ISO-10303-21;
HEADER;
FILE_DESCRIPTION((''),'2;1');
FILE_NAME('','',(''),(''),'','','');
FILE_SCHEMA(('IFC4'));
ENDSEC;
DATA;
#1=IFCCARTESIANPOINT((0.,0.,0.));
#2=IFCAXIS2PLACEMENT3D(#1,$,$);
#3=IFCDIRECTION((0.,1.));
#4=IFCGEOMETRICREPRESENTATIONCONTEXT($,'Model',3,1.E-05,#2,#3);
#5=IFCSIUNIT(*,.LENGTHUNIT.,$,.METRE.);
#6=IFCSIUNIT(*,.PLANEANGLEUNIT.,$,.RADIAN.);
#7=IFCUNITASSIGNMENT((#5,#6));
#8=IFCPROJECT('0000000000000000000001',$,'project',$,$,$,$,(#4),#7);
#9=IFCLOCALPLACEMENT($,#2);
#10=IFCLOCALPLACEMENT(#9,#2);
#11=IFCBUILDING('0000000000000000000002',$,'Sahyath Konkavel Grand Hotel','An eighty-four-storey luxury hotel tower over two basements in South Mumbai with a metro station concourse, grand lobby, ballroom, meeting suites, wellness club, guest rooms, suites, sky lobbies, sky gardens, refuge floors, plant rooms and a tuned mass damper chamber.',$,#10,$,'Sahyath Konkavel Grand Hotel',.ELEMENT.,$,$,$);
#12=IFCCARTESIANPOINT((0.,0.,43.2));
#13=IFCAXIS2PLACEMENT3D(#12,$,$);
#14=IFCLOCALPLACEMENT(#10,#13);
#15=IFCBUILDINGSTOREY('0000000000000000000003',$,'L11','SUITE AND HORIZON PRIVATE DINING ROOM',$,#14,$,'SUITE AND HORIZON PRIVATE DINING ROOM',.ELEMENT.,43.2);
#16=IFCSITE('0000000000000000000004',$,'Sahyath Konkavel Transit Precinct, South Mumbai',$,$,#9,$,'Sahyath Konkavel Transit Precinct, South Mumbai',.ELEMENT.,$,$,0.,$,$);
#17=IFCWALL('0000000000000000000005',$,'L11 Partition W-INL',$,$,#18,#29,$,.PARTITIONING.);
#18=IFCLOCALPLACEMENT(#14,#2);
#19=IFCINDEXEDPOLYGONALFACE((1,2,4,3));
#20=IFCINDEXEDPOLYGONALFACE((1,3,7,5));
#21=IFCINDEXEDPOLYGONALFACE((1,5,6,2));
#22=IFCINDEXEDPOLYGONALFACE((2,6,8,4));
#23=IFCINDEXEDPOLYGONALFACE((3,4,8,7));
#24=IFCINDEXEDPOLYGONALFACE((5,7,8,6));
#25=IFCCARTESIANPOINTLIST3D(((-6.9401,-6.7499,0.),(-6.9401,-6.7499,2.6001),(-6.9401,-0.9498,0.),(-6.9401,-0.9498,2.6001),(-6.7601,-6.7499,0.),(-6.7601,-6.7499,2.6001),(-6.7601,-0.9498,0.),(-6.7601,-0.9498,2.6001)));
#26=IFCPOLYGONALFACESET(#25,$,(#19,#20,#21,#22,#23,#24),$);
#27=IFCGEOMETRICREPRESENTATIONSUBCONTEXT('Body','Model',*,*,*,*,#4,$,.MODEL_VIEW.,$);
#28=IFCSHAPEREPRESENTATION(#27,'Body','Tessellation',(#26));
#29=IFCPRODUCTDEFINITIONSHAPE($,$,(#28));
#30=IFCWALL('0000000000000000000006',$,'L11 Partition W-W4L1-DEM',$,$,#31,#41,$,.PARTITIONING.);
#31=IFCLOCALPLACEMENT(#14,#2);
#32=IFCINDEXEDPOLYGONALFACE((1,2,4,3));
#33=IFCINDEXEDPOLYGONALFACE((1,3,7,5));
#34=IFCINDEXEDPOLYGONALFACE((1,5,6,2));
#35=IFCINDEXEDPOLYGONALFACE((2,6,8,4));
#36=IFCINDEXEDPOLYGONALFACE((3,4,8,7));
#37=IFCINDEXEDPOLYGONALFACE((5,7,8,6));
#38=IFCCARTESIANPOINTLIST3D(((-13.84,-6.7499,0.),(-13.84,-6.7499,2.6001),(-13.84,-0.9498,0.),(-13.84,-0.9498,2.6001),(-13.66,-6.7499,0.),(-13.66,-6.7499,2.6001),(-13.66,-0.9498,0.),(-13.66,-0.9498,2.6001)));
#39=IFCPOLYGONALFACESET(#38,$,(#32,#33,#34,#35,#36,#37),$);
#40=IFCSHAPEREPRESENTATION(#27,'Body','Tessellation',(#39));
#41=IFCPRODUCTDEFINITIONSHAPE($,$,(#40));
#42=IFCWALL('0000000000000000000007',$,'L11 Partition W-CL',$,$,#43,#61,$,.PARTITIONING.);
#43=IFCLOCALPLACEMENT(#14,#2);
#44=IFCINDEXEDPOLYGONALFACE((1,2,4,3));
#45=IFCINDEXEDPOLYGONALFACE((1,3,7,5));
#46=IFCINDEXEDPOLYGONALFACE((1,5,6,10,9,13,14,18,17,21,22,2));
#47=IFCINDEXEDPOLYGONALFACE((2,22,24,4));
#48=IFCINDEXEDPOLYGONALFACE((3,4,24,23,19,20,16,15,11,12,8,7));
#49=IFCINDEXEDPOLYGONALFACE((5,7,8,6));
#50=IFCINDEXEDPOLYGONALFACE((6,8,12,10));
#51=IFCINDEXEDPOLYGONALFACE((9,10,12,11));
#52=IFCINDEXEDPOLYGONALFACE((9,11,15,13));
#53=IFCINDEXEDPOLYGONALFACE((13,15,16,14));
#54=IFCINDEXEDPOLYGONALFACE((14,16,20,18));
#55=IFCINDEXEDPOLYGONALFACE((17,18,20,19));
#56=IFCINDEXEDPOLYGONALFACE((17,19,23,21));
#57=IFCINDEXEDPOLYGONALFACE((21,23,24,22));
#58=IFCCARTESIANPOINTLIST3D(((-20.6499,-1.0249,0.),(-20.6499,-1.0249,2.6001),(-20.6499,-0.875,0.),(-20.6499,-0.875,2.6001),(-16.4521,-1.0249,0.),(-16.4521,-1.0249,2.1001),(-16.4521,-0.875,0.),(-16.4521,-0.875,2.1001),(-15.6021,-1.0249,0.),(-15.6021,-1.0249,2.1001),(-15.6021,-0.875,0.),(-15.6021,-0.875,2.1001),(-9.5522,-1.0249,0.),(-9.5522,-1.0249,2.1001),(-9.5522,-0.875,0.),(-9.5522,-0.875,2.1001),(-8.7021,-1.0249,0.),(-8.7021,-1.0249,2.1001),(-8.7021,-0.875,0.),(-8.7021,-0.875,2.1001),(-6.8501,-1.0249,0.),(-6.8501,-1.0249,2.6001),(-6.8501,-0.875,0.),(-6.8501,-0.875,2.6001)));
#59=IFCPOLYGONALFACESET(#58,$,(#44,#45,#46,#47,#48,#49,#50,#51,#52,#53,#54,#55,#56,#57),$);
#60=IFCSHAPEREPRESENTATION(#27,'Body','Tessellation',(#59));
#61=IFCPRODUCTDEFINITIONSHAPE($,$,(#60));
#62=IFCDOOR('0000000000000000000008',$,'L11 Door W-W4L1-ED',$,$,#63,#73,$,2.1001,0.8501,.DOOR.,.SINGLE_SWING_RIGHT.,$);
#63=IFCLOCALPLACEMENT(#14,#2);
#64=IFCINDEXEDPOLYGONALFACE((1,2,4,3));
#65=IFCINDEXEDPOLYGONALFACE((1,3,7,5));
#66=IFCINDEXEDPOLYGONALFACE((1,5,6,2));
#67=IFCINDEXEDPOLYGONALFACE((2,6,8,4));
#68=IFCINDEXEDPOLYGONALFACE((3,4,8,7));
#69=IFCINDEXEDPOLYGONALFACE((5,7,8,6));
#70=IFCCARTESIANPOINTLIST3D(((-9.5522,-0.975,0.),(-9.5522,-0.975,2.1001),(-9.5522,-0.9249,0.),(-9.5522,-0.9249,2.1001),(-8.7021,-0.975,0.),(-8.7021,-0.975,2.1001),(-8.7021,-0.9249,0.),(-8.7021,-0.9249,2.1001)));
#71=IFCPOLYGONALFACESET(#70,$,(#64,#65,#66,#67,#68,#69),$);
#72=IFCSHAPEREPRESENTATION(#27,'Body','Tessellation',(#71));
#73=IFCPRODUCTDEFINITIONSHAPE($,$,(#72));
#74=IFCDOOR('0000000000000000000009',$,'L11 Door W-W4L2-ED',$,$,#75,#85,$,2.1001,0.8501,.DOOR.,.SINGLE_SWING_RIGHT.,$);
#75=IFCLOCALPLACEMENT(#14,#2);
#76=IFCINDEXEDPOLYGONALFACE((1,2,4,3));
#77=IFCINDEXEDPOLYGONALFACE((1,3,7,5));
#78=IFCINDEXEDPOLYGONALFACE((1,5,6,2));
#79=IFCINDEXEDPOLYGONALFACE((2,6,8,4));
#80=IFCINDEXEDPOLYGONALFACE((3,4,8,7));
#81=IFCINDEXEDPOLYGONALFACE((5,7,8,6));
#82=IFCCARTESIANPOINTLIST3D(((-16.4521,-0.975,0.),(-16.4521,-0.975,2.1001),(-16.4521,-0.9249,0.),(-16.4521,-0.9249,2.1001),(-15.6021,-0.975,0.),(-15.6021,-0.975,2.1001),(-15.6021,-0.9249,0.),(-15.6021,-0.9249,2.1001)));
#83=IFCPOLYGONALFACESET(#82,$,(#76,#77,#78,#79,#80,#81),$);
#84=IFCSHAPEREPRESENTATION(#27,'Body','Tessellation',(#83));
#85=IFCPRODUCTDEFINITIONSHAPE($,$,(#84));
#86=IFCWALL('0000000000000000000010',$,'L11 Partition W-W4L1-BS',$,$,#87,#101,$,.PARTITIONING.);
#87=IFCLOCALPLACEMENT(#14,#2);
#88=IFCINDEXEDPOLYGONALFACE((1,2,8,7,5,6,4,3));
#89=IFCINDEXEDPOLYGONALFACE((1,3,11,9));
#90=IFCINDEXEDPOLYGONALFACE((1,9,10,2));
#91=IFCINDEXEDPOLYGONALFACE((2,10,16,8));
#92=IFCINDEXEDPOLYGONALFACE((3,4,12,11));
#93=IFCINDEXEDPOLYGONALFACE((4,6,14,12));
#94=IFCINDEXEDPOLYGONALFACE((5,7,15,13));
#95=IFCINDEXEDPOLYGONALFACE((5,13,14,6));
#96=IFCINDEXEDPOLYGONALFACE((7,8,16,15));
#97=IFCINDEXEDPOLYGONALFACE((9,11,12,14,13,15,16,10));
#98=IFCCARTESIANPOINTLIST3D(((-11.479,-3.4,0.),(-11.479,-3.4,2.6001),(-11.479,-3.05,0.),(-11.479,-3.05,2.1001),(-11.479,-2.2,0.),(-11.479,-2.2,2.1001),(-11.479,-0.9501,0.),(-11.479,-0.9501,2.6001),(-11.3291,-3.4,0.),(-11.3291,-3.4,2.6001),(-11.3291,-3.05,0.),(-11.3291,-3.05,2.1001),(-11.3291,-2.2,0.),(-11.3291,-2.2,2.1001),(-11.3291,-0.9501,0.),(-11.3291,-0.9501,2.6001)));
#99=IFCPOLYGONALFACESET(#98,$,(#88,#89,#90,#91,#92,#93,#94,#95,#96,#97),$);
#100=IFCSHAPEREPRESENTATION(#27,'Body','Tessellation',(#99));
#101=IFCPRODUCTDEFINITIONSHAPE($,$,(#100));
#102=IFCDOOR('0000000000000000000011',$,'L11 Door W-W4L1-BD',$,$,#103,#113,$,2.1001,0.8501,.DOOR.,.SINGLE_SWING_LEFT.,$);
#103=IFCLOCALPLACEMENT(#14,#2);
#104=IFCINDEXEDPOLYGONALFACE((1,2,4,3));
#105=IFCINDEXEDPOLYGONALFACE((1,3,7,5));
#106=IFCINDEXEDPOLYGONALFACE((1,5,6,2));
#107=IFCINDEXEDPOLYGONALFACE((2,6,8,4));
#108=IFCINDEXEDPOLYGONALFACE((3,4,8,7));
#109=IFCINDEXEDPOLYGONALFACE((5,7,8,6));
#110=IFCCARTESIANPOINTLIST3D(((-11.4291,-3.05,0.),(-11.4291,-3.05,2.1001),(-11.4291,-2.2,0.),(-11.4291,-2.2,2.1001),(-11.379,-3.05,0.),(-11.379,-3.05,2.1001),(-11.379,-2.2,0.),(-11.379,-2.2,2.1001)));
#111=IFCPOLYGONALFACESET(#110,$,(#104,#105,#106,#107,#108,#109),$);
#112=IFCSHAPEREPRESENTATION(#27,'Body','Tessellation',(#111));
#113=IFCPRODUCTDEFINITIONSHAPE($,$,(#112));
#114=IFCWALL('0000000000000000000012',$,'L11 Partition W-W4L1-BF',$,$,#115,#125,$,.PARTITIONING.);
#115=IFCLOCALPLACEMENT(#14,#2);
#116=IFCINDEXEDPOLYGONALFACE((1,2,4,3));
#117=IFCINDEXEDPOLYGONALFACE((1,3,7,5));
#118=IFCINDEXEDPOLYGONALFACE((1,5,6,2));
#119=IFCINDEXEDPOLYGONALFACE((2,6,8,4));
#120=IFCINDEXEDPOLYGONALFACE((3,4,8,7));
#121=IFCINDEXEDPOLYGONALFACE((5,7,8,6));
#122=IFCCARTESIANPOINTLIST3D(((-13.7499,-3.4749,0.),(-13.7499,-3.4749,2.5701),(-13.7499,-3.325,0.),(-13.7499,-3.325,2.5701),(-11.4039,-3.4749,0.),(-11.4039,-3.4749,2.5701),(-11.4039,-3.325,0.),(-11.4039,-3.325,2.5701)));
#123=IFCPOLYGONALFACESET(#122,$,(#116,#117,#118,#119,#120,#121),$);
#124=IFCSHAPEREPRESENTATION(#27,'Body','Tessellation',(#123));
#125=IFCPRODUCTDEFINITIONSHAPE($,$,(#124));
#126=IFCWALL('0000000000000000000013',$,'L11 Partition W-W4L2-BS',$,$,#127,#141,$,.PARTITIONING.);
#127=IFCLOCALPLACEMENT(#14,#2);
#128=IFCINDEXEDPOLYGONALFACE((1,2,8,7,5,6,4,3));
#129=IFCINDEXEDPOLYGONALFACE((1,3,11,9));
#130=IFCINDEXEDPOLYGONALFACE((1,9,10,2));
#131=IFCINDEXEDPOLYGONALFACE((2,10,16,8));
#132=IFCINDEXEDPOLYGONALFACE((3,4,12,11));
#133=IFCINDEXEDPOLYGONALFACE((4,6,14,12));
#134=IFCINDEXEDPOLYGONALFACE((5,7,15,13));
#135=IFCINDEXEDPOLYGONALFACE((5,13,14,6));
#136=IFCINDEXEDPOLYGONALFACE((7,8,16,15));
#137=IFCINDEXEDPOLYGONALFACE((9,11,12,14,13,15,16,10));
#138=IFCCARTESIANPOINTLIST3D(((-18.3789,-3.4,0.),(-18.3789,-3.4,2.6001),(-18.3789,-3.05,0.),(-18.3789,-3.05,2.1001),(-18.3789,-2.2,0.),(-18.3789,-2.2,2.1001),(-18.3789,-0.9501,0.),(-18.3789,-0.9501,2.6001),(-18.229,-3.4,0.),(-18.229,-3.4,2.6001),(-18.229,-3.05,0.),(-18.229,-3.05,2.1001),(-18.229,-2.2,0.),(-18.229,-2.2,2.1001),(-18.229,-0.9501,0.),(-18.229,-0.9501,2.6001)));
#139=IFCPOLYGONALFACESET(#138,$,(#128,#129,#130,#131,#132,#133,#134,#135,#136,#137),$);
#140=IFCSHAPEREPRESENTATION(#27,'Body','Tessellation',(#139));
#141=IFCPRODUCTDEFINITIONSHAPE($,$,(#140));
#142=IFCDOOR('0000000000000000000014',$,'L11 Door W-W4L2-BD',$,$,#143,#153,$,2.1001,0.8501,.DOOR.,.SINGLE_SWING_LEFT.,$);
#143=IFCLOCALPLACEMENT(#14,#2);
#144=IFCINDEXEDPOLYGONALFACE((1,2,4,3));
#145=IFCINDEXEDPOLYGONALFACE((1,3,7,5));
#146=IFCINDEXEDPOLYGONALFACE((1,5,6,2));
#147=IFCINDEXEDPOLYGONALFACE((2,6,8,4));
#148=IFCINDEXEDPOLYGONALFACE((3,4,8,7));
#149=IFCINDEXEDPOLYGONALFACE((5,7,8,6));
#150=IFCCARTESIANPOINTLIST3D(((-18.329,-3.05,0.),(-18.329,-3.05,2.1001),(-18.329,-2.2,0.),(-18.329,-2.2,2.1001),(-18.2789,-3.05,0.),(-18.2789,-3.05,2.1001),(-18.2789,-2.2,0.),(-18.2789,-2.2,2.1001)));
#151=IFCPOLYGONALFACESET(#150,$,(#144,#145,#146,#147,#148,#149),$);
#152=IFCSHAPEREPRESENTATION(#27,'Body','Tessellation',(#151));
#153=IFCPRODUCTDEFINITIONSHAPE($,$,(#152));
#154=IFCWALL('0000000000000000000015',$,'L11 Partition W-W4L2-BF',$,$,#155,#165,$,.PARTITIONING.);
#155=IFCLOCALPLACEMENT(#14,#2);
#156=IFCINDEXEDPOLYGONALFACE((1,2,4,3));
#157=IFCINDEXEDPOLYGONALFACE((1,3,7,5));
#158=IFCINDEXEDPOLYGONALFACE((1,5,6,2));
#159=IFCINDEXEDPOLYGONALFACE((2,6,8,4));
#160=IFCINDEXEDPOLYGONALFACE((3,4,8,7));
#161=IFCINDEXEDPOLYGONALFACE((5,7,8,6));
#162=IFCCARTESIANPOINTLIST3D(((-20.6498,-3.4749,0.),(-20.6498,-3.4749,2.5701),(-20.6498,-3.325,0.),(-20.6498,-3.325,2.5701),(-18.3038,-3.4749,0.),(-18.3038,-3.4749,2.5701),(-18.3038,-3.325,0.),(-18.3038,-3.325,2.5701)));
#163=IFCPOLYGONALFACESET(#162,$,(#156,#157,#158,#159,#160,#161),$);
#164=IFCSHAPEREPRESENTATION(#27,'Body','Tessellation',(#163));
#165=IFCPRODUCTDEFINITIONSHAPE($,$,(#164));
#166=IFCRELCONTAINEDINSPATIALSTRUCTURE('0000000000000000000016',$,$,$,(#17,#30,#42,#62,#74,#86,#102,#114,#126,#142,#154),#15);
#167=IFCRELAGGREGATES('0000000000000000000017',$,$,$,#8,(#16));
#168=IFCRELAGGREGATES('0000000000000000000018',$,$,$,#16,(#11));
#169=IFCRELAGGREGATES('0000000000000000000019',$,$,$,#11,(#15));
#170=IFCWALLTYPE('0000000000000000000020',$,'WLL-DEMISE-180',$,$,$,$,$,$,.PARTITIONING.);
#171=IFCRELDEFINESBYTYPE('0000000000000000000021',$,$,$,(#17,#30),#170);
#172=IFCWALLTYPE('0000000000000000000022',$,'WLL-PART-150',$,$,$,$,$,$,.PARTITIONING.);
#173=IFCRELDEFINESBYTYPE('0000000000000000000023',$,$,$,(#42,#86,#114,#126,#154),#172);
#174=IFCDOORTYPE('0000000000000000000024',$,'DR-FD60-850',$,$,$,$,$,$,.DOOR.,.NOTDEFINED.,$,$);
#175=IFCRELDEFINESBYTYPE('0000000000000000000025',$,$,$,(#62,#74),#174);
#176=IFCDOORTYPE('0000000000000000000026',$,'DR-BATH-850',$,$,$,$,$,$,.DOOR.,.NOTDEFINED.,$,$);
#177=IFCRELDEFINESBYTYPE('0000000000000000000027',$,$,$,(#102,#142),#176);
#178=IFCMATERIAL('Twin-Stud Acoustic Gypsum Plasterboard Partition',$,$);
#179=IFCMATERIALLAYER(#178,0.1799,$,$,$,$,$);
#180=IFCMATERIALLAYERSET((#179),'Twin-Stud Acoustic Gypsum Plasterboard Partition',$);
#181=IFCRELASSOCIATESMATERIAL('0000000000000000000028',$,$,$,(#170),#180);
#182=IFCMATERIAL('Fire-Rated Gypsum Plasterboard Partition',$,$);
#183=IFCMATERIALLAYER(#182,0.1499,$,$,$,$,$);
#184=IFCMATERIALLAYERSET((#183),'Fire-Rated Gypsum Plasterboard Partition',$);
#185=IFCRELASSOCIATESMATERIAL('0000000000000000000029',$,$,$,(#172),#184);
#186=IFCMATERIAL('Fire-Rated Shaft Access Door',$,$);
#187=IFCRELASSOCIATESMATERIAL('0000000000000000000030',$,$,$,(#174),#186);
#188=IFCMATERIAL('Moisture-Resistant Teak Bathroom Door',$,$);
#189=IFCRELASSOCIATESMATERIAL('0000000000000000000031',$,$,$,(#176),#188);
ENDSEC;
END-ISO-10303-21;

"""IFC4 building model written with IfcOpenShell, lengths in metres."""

from ifc_helpers import new_model, si_unit, direction, frame, frame_2d, origin, origin_2d, place, context, subcontext, project, spatial, rectangle, extrude, source, transform, mapped, material, layer, layer_set, type_object, element, fill, save


model = new_model("IFC4")

# Units and contexts
model_context = context("Model", 3, precision=1e-05, world=origin(), true_north=direction((0.0, 1.0)))
body_context = subcontext(model_context, "Body", "Model", "MODEL_VIEW")
ifc_project = project(units=[si_unit("LENGTHUNIT", "METRE"), si_unit("PLANEANGLEUNIT", "RADIAN")], contexts=[model_context])

# Site, building, storey
site_placement = place(None, origin())
site = spatial("IfcSite", under=ifc_project, at=site_placement, Name="Sahyath Konkavel Transit Precinct, South Mumbai", LongName="Sahyath Konkavel Transit Precinct, South Mumbai", CompositionType="ELEMENT", RefElevation=0.0)
building_placement = place(site_placement, origin())
building = spatial("IfcBuilding", under=site, at=building_placement, Name="Sahyath Konkavel Grand Hotel", Description="An eighty-four-storey luxury hotel tower over two basements in South Mumbai with a metro station concourse, grand lobby, ballroom, meeting suites, wellness club, guest rooms, suites, sky lobbies, sky gardens, refuge floors, plant rooms and a tuned mass damper chamber.", LongName="Sahyath Konkavel Grand Hotel", CompositionType="ELEMENT")
storey_placement = place(building_placement, frame((0.0, 0.0, 43.2)))
storey = spatial("IfcBuildingStorey", under=building, at=storey_placement, Name="L11", Description="SUITE AND HORIZON PRIVATE DINING ROOM", LongName="SUITE AND HORIZON PRIVATE DINING ROOM", CompositionType="ELEMENT", Elevation=43.2)

# Walls
ifc_material_1 = material(Name="Twin-Stud Acoustic Gypsum Plasterboard Partition")
ifc_layer_1 = layer(ifc_material_1, 0.1799)
ifc_layer_set_1 = layer_set([ifc_layer_1], Name="Twin-Stud Acoustic Gypsum Plasterboard Partition")
wall_type_1 = type_object("IfcWallType", Name="WLL-DEMISE-180", PredefinedType="PARTITIONING", material=ifc_layer_set_1)
for number, where, z_axis, x_axis, name in (
    (1, (-6.8501, -0.95, 0.0), (0.0, 0.0, 1.0), (0.0, -1.0, 0.0), "L11 Partition W-INL"),
    (2, (-13.75, -0.95, 0.0), (0.0, 0.0, 1.0), (0.0, -1.0, 0.0), "L11 Partition W-W4L1-DEM"),
):
    element("IfcWall", number, at=place(storey_placement, frame(where, z_axis=z_axis, x_axis=x_axis)), inside=storey, type_object=wall_type_1, Name=name, PredefinedType="PARTITIONING", context=body_context, shape_type="SweptSolid", body=[
        extrude(rectangle(XDim=5.8, YDim=0.1799, at=frame_2d((2.8999, 0.0))), origin(), (0.0, 0.0, 1.0), 2.6001),
    ])

# Wall, openings, doors
ifc_material_2 = material(Name="Fire-Rated Gypsum Plasterboard Partition")
ifc_layer_2 = layer(ifc_material_2, 0.1499)
ifc_layer_set_2 = layer_set([ifc_layer_2], Name="Fire-Rated Gypsum Plasterboard Partition")
wall_type_2 = type_object("IfcWallType", Name="WLL-PART-150", PredefinedType="PARTITIONING", material=ifc_layer_set_2)
wall_1_placement = place(storey_placement, frame((-6.8501, -0.95, 0.0), z_axis=(0.0, 0.0, 1.0), x_axis=(-1.0, 0.0, 0.0)))
wall_1 = element("IfcWall", 3, at=wall_1_placement, inside=storey, type_object=wall_type_2, Name="L11 Partition W-CL", PredefinedType="PARTITIONING", context=body_context, shape_type="SweptSolid", body=[
    extrude(rectangle(XDim=13.7998, YDim=0.1499, at=frame_2d((6.8999, 0.0))), origin(), (0.0, 0.0, 1.0), 2.6001),
])
opening_1_placement = place(wall_1_placement, frame((1.8521, 0.0, 0.0)))
opening_1 = element("IfcOpeningElement", 4, at=opening_1_placement, cuts=wall_1, PredefinedType="OPENING", context=body_context, shape_type="SweptSolid", body=[
    extrude(rectangle(XDim=0.8501, YDim=2.1001, at=frame_2d((0.425, 1.05))), frame((0.0, 0.085, 0.0), z_axis=(0.0, -1.0, 0.0), x_axis=(1.0, 0.0, 0.0)), (0.0, 0.0, 1.0), 0.1699),
])
opening_2_placement = place(wall_1_placement, frame((8.752, 0.0, 0.0)))
opening_2 = element("IfcOpeningElement", 5, at=opening_2_placement, cuts=wall_1, PredefinedType="OPENING", context=body_context, shape_type="SweptSolid", body=[
    extrude(rectangle(XDim=0.8501, YDim=2.1001, at=frame_2d((0.425, 1.05))), frame((0.0, 0.085, 0.0), z_axis=(0.0, -1.0, 0.0), x_axis=(1.0, 0.0, 0.0)), (0.0, 0.0, 1.0), 0.1699),
])
ifc_material_3 = material(Name="Fire-Rated Shaft Access Door")
door_type_1 = type_object("IfcDoorType", Name="DR-FD60-850", OperationType="NOTDEFINED", PredefinedType="DOOR", material=ifc_material_3)
shared_shape_1 = source(origin(), body_context, "Body", "SweptSolid", [
    extrude(rectangle(XDim=0.8501, YDim=0.05, at=origin_2d()), origin(), (0.0, 0.0, 1.0), 2.1001),
])
door_1_placement = place(opening_1_placement, frame((0.425, 0.0, 0.0)))
door_1 = element("IfcDoor", 6, at=door_1_placement, inside=storey, type_object=door_type_1, Name="L11 Door W-W4L1-ED", OperationType="SINGLE_SWING_RIGHT", OverallHeight=2.1001, OverallWidth=0.8501, PredefinedType="DOOR", context=body_context, shape_type="MappedRepresentation", body=[
    mapped(shared_shape_1, transform((0.0, 0.0, 0.0), scale=1.0)),
])
fill(opening_1, door_1)
door_2_placement = place(opening_2_placement, frame((0.425, 0.0, 0.0)))
door_2 = element("IfcDoor", 7, at=door_2_placement, inside=storey, type_object=door_type_1, Name="L11 Door W-W4L2-ED", OperationType="SINGLE_SWING_RIGHT", OverallHeight=2.1001, OverallWidth=0.8501, PredefinedType="DOOR", context=body_context, shape_type="MappedRepresentation", body=[
    mapped(shared_shape_1, transform((0.0, 0.0, 0.0), scale=1.0)),
])
fill(opening_2, door_2)

# Wall, opening, door
wall_2_placement = place(storey_placement, frame((-11.4041, -0.95, 0.0), z_axis=(0.0, 0.0, 1.0), x_axis=(0.0, -1.0, 0.0)))
wall_2 = element("IfcWall", 8, at=wall_2_placement, inside=storey, type_object=wall_type_2, Name="L11 Partition W-W4L1-BS", PredefinedType="PARTITIONING", context=body_context, shape_type="SweptSolid", body=[
    extrude(rectangle(XDim=2.45, YDim=0.1499, at=frame_2d((1.2251, 0.0))), origin(), (0.0, 0.0, 1.0), 2.6001),
])
opening_3_placement = place(wall_2_placement, frame((1.25, 0.0, 0.0)))
opening_3 = element("IfcOpeningElement", 9, at=opening_3_placement, cuts=wall_2, PredefinedType="OPENING", context=body_context, shape_type="SweptSolid", body=[
    extrude(rectangle(XDim=0.8501, YDim=2.1001, at=frame_2d((0.425, 1.05))), frame((0.0, 0.085, 0.0), z_axis=(0.0, -1.0, 0.0), x_axis=(1.0, 0.0, 0.0)), (0.0, 0.0, 1.0), 0.1699),
])
ifc_material_4 = material(Name="Moisture-Resistant Teak Bathroom Door")
door_type_2 = type_object("IfcDoorType", Name="DR-BATH-850", OperationType="NOTDEFINED", PredefinedType="DOOR", material=ifc_material_4)
door_3_placement = place(opening_3_placement, frame((0.425, 0.0, 0.0)))
door_3 = element("IfcDoor", 10, at=door_3_placement, inside=storey, type_object=door_type_2, Name="L11 Door W-W4L1-BD", OperationType="SINGLE_SWING_LEFT", OverallHeight=2.1001, OverallWidth=0.8501, PredefinedType="DOOR", context=body_context, shape_type="MappedRepresentation", body=[
    mapped(shared_shape_1, transform((0.0, 0.0, 0.0), scale=1.0)),
])
fill(opening_3, door_3)

# Wall
wall_3_placement = place(storey_placement, frame((-11.4041, -3.3999, 0.0), z_axis=(0.0, 0.0, 1.0), x_axis=(-1.0, 0.0, 0.0)))
element("IfcWall", 11, at=wall_3_placement, inside=storey, type_object=wall_type_2, Name="L11 Partition W-W4L1-BF", PredefinedType="PARTITIONING", context=body_context, shape_type="SweptSolid", body=[
    extrude(rectangle(XDim=2.3459, YDim=0.1499, at=frame_2d((1.1729, 0.0))), origin(), (0.0, 0.0, 1.0), 2.5701),
])

# Wall, opening, door
wall_4_placement = place(storey_placement, frame((-18.304, -0.95, 0.0), z_axis=(0.0, 0.0, 1.0), x_axis=(0.0, -1.0, 0.0)))
wall_4 = element("IfcWall", 12, at=wall_4_placement, inside=storey, type_object=wall_type_2, Name="L11 Partition W-W4L2-BS", PredefinedType="PARTITIONING", context=body_context, shape_type="SweptSolid", body=[
    extrude(rectangle(XDim=2.45, YDim=0.1499, at=frame_2d((1.2251, 0.0))), origin(), (0.0, 0.0, 1.0), 2.6001),
])
opening_4_placement = place(wall_4_placement, frame((1.25, 0.0, 0.0)))
opening_4 = element("IfcOpeningElement", 13, at=opening_4_placement, cuts=wall_4, PredefinedType="OPENING", context=body_context, shape_type="SweptSolid", body=[
    extrude(rectangle(XDim=0.8501, YDim=2.1001, at=frame_2d((0.425, 1.05))), frame((0.0, 0.085, 0.0), z_axis=(0.0, -1.0, 0.0), x_axis=(1.0, 0.0, 0.0)), (0.0, 0.0, 1.0), 0.1699),
])
door_4_placement = place(opening_4_placement, frame((0.425, 0.0, 0.0)))
door_4 = element("IfcDoor", 14, at=door_4_placement, inside=storey, type_object=door_type_2, Name="L11 Door W-W4L2-BD", OperationType="SINGLE_SWING_LEFT", OverallHeight=2.1001, OverallWidth=0.8501, PredefinedType="DOOR", context=body_context, shape_type="MappedRepresentation", body=[
    mapped(shared_shape_1, transform((0.0, 0.0, 0.0), scale=1.0)),
])
fill(opening_4, door_4)

# Wall
wall_5_placement = place(storey_placement, frame((-18.304, -3.3999, 0.0), z_axis=(0.0, 0.0, 1.0), x_axis=(-1.0, 0.0, 0.0)))
element("IfcWall", 15, at=wall_5_placement, inside=storey, type_object=wall_type_2, Name="L11 Partition W-W4L2-BF", PredefinedType="PARTITIONING", context=body_context, shape_type="SweptSolid", body=[
    extrude(rectangle(XDim=2.3459, YDim=0.1499, at=frame_2d((1.1729, 0.0))), origin(), (0.0, 0.0, 1.0), 2.5701),
])

save(model, "model.ifc")
